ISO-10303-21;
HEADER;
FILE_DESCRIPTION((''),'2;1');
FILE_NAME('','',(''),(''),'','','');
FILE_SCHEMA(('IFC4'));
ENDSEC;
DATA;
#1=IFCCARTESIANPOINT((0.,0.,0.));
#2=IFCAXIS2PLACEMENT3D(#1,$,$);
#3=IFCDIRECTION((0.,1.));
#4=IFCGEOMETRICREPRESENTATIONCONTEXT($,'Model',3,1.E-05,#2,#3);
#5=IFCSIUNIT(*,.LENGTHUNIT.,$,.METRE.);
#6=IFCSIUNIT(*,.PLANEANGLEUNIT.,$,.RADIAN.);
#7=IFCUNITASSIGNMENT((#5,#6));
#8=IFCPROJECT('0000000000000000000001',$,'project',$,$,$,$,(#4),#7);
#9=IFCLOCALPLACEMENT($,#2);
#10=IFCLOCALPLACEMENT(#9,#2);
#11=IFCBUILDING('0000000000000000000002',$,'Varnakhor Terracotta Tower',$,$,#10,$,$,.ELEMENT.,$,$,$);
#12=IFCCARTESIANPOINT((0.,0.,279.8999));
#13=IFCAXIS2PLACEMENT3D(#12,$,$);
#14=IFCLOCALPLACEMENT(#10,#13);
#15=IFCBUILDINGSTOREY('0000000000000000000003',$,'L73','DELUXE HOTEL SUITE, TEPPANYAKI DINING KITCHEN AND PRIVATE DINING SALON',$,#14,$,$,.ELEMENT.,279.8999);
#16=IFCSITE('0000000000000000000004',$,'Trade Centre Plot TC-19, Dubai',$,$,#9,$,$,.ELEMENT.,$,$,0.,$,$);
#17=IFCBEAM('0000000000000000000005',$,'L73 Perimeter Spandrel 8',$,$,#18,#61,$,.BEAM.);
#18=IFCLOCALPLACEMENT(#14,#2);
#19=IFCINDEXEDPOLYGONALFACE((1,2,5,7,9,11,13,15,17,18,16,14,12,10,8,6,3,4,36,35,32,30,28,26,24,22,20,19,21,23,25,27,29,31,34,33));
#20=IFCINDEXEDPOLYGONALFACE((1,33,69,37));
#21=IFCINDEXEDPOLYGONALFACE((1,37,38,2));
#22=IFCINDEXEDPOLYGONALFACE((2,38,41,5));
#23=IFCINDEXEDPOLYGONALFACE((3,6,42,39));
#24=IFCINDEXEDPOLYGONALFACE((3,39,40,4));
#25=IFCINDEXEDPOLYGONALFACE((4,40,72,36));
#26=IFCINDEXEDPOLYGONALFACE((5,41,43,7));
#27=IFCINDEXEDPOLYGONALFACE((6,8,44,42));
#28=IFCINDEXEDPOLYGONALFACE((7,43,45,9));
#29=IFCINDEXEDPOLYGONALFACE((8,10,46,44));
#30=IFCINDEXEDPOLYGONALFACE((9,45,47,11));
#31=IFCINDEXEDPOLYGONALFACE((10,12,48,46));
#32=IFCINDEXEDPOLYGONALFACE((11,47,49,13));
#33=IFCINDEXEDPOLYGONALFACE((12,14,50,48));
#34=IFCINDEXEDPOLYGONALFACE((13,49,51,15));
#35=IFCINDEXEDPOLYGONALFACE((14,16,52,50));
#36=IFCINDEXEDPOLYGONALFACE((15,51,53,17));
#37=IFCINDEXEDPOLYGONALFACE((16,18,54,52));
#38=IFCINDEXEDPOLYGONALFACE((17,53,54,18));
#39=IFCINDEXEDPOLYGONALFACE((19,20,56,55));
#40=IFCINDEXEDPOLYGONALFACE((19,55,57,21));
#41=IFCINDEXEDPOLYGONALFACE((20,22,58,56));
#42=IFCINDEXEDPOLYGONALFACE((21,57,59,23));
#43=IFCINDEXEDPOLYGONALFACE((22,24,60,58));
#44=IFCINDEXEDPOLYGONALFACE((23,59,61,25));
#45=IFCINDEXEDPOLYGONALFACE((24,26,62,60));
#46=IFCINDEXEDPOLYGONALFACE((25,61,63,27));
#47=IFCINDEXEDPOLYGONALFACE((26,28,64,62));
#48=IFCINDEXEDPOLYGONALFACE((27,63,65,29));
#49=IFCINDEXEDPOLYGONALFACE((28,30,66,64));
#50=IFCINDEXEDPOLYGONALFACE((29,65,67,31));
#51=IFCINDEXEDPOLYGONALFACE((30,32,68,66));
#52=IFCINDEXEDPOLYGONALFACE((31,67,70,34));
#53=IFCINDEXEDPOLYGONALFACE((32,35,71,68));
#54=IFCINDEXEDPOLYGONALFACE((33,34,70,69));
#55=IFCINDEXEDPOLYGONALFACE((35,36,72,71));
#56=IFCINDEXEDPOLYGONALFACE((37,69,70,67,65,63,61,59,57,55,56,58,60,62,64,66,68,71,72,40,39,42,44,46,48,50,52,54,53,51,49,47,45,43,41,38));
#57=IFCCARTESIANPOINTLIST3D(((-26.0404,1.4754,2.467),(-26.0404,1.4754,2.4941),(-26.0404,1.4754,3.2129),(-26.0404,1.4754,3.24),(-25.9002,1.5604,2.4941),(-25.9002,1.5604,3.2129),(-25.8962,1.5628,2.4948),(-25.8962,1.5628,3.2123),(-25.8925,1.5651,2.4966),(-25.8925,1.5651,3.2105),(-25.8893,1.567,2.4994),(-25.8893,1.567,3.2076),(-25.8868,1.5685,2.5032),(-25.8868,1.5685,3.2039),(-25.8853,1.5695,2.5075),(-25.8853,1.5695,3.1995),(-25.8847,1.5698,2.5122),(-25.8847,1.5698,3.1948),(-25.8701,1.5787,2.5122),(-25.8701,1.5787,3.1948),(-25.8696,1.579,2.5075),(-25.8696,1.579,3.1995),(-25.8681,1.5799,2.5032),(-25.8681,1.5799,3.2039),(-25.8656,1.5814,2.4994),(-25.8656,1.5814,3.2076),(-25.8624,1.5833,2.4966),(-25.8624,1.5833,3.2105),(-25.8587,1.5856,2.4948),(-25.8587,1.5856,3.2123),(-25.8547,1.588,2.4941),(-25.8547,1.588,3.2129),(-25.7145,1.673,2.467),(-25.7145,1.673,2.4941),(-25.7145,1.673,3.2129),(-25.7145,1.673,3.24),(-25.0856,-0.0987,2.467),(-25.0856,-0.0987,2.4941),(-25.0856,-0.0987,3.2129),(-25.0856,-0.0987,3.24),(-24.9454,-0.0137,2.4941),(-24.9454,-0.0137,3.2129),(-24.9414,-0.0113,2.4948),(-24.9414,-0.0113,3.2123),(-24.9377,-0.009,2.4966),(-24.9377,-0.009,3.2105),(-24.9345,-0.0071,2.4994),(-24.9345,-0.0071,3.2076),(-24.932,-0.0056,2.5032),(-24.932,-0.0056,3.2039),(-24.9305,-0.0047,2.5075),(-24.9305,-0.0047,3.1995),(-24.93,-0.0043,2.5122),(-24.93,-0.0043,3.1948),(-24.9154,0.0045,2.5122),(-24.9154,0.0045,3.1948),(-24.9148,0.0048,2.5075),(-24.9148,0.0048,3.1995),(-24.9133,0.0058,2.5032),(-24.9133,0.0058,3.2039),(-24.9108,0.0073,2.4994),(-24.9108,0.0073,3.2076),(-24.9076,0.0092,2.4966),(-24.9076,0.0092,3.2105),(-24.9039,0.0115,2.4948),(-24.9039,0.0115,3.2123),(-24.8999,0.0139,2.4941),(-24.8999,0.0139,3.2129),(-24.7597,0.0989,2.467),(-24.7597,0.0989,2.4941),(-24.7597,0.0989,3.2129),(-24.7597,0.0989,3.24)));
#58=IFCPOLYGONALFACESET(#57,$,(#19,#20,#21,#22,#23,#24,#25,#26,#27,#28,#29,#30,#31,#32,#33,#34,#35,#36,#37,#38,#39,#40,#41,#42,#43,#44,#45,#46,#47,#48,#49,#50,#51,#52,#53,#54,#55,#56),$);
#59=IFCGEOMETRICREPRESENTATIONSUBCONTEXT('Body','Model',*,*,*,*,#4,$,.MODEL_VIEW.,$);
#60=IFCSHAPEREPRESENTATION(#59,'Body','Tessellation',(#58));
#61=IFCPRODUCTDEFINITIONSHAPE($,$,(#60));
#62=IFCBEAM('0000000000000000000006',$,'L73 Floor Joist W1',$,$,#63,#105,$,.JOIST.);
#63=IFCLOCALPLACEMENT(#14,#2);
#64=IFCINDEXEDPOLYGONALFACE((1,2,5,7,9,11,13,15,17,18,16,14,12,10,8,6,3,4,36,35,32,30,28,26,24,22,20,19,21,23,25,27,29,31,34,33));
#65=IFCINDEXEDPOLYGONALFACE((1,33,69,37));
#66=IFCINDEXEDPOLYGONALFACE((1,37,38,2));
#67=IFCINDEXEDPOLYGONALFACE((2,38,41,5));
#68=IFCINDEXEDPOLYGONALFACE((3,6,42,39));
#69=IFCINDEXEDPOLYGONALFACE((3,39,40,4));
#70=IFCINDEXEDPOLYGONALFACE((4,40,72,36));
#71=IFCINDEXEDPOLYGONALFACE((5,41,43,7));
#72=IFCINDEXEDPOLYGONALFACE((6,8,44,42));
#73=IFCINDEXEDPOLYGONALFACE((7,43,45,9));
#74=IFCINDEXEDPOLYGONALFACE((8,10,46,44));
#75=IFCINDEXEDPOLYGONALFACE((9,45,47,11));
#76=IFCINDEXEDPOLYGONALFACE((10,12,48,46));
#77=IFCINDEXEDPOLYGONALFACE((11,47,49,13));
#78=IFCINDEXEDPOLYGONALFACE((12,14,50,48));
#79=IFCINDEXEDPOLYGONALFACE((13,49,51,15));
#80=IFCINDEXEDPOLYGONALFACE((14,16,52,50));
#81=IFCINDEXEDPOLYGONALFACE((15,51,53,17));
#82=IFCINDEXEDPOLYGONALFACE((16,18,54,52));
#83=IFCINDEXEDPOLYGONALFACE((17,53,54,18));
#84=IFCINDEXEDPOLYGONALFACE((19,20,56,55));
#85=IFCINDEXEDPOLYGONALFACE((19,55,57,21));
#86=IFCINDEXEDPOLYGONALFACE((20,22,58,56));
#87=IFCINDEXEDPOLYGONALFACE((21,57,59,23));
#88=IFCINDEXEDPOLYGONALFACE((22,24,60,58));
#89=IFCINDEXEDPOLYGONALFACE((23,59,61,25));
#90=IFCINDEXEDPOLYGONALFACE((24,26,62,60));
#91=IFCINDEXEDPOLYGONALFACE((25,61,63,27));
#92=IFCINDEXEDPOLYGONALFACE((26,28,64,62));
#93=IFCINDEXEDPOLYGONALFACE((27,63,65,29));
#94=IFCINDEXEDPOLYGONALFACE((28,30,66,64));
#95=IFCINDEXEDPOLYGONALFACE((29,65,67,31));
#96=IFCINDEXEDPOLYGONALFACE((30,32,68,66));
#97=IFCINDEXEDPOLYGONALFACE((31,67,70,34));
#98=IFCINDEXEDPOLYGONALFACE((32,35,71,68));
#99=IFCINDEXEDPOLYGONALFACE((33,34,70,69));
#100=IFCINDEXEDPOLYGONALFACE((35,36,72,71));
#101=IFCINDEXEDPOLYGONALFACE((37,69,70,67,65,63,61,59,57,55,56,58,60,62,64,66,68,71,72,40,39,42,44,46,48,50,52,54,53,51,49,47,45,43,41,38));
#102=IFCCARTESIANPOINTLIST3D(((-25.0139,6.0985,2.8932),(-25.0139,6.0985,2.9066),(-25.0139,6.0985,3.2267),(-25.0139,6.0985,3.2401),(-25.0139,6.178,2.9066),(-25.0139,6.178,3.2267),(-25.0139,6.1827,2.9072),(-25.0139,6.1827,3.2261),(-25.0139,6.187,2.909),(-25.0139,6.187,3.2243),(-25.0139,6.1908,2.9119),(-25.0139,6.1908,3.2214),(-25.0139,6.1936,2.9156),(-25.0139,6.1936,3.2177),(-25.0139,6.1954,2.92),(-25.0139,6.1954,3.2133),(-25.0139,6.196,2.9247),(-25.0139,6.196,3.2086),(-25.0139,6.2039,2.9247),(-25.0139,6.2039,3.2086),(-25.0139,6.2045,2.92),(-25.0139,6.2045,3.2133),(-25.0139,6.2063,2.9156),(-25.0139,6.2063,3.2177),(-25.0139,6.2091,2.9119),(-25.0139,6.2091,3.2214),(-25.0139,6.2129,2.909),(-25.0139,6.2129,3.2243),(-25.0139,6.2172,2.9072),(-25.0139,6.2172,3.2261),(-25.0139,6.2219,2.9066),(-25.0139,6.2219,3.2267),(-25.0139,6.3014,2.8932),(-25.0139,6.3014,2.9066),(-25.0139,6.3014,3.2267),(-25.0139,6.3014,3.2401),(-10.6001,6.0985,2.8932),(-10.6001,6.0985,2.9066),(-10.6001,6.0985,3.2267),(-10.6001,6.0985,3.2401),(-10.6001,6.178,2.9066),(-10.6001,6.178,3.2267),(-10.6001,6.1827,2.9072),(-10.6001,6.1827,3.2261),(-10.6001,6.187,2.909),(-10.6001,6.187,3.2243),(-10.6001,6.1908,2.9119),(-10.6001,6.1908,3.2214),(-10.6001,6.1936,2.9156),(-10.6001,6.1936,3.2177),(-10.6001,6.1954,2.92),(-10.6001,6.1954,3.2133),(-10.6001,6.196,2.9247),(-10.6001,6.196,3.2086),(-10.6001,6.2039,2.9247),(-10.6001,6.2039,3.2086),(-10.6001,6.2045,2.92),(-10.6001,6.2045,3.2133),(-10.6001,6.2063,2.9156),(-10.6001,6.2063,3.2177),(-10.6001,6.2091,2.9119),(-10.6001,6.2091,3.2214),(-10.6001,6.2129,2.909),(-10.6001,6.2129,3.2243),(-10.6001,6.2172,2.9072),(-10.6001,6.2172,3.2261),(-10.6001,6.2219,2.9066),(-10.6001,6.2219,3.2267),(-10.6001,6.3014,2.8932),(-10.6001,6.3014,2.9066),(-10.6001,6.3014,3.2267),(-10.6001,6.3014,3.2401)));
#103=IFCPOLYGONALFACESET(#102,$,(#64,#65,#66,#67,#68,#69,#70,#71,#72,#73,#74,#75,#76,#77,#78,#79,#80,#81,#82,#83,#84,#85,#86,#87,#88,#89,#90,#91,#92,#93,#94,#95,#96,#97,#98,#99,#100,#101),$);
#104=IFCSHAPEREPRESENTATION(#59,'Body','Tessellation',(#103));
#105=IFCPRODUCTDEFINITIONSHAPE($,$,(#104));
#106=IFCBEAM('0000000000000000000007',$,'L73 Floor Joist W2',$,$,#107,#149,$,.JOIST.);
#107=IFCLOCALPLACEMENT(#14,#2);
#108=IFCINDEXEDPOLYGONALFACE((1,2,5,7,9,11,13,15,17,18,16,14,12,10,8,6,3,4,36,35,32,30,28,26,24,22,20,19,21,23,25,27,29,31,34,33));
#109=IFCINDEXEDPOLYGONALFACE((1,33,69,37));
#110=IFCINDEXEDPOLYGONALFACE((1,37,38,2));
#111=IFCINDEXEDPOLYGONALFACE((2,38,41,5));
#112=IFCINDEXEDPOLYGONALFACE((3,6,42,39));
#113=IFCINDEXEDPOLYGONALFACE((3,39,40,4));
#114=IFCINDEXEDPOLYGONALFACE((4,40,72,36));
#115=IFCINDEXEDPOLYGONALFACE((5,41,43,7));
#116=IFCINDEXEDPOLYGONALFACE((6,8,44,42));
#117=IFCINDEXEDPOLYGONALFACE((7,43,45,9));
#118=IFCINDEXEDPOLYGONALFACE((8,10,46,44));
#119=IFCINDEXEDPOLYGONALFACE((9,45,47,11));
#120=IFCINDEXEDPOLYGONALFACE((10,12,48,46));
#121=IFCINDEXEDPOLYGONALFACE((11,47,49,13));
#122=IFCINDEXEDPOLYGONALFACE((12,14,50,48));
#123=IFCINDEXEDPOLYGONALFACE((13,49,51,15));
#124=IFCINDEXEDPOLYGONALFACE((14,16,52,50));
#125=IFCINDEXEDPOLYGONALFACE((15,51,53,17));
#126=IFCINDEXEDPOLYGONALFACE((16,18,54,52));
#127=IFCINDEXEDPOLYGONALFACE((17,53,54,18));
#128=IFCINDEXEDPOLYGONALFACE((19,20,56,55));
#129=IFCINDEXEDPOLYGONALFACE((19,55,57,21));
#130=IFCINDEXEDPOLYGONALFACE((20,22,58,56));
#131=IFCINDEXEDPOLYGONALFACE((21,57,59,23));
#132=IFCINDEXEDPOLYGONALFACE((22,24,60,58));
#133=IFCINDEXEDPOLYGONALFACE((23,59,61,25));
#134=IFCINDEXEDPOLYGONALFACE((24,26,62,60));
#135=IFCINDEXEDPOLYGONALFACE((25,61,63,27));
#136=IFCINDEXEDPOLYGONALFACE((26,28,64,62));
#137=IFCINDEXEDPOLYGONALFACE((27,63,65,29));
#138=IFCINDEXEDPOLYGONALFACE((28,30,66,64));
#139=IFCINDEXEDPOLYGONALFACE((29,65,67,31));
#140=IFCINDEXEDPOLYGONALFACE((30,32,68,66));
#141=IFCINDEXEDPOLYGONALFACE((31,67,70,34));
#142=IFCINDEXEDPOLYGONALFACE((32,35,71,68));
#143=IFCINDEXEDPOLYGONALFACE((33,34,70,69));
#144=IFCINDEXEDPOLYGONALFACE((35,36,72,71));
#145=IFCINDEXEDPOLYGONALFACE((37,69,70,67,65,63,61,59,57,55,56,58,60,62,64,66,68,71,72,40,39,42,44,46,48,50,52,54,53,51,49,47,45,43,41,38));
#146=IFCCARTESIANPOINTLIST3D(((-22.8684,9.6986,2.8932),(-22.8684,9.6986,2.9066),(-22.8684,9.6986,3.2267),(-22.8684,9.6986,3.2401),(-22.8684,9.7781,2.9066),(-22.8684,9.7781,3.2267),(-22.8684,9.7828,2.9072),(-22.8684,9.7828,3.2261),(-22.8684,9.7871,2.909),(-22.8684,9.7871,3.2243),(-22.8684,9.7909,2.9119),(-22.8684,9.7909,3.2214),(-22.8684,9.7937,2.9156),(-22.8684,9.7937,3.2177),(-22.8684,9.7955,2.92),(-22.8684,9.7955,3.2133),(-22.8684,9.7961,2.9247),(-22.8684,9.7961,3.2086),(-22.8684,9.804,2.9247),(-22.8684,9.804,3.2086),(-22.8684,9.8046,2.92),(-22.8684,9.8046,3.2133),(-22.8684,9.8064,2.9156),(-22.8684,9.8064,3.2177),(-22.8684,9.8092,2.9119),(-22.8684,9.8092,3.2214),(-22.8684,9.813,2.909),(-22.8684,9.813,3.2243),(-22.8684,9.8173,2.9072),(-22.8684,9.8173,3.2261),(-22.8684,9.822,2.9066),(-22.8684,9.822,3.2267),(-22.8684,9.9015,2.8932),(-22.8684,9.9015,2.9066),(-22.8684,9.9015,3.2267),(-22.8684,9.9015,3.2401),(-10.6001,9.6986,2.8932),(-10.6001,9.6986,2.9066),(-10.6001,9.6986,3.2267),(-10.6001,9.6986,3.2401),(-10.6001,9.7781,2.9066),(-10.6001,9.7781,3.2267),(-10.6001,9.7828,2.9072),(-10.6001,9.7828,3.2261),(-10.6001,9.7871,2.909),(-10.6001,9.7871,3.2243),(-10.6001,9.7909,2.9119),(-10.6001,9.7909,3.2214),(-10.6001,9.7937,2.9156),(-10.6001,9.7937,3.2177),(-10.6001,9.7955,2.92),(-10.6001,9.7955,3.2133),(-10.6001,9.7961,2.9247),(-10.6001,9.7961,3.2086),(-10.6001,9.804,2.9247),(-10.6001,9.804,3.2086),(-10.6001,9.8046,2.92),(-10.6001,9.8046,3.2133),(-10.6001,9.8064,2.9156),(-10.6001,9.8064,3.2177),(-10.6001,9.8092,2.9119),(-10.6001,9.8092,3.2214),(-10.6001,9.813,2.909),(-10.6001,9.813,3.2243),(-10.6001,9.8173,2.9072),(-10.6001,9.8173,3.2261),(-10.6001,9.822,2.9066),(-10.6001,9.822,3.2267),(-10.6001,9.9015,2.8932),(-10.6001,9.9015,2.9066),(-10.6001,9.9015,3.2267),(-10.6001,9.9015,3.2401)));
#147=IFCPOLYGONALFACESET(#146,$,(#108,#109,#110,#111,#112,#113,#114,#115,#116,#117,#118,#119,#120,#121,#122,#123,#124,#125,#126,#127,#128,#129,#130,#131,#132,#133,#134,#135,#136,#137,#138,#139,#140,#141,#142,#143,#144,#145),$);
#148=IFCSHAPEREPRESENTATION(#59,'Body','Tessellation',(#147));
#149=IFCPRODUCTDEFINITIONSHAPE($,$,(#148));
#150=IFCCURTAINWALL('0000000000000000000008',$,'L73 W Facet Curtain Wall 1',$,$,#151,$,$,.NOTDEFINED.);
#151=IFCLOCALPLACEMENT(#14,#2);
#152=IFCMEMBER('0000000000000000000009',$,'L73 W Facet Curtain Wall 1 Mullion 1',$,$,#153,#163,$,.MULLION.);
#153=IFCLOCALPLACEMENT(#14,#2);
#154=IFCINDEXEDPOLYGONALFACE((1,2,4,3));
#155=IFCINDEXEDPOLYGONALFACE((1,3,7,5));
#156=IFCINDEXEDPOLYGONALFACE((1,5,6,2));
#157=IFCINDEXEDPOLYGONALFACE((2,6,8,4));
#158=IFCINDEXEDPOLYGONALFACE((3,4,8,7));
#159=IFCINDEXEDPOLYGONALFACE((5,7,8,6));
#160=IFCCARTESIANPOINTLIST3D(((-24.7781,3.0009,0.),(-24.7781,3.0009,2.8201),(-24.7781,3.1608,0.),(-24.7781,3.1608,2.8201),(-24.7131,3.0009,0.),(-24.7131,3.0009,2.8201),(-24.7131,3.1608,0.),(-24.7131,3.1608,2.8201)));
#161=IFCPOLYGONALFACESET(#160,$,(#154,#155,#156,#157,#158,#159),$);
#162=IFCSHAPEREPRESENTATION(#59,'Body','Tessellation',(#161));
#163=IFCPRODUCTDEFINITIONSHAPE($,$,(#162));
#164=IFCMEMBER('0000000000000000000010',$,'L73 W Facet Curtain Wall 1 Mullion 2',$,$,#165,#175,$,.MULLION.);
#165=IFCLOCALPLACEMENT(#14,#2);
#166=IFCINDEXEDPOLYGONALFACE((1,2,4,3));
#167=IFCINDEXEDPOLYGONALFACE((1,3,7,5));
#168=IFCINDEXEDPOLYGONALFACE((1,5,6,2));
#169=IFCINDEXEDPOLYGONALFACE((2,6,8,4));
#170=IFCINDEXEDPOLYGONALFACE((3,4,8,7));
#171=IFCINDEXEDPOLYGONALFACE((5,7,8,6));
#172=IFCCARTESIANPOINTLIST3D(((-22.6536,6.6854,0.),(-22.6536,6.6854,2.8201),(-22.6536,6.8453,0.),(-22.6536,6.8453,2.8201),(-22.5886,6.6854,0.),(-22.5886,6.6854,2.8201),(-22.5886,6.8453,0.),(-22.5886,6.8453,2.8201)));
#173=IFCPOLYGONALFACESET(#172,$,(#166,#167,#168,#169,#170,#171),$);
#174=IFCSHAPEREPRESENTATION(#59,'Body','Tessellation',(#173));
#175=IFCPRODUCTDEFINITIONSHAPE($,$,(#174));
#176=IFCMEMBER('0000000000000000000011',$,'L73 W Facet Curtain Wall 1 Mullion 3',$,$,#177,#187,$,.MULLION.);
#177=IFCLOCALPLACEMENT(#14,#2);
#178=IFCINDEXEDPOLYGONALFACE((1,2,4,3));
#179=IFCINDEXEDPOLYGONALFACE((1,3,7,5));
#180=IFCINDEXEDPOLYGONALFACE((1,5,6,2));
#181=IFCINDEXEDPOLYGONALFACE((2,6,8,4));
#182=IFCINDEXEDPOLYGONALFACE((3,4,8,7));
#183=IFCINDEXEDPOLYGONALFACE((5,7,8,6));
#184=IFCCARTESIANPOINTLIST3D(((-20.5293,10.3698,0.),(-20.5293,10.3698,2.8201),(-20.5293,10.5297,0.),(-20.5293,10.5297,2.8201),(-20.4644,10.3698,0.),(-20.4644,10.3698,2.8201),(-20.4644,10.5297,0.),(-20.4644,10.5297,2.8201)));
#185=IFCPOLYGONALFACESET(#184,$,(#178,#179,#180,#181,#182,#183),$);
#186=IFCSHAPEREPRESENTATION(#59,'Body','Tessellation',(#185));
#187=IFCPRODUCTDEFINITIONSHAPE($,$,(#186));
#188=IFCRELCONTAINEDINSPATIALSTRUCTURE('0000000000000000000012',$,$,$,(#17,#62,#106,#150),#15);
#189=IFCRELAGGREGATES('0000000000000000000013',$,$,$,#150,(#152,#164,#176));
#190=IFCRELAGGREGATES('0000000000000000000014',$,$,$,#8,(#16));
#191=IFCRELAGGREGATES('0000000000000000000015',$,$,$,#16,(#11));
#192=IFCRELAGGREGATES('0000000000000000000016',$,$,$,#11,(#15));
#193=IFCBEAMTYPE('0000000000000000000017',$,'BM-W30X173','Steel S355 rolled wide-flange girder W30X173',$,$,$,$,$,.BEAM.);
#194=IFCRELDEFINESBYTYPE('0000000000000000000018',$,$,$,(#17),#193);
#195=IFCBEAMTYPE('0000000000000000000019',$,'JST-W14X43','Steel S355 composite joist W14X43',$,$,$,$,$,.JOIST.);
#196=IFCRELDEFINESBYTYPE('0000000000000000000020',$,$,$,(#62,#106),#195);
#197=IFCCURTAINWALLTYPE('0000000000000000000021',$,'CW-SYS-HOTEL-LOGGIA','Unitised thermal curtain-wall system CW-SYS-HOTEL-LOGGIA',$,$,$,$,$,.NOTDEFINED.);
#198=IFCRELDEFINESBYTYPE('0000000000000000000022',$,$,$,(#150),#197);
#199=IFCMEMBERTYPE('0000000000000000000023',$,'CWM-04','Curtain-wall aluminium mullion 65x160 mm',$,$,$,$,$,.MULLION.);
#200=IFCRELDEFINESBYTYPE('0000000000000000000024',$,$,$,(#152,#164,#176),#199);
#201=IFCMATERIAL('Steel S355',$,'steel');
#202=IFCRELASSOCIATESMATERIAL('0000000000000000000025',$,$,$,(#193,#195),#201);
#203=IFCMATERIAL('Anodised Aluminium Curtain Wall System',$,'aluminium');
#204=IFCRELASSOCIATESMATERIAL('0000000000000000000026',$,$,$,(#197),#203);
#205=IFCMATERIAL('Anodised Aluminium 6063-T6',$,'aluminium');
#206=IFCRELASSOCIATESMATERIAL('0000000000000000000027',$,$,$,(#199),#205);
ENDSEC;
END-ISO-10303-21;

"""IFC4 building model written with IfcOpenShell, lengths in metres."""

from ifc_helpers import new_model, si_unit, direction, frame, origin, origin_2d, place, context, subcontext, project, spatial, rectangle, i_section, extrude, source, transform, mapped, material, material_profile, profile_set, type_object, type_shapes, element, aggregate, save


model = new_model("IFC4")

# Units and contexts
model_context = context("Model", 3, precision=1e-05, world=origin(), true_north=direction((0.0, 1.0)))
body_context = subcontext(model_context, "Body", "Model", "MODEL_VIEW")
ifc_project = project(units=[si_unit("LENGTHUNIT", "METRE"), si_unit("PLANEANGLEUNIT", "RADIAN")], contexts=[model_context])

# Site, building, storey
site_placement = place(None, origin())
site = spatial("IfcSite", under=ifc_project, at=site_placement, Name="Trade Centre Plot TC-19, Dubai", CompositionType="ELEMENT", RefElevation=0.0)
building_placement = place(site_placement, origin())
building = spatial("IfcBuilding", under=site, at=building_placement, Name="Varnakhor Terracotta Tower", CompositionType="ELEMENT")
storey_placement = place(building_placement, frame((0.0, 0.0, 279.8999)))
storey = spatial("IfcBuildingStorey", under=building, at=storey_placement, Name="L73", Description="DELUXE HOTEL SUITE, TEPPANYAKI DINING KITCHEN AND PRIVATE DINING SALON", CompositionType="ELEMENT", Elevation=279.8999)

# Shared definitions
ifc_material_1 = material(Name="Steel S355", Category="steel")

# Beams
ifc_material_profile_1 = material_profile(ifc_material_1, i_section(OverallWidth=0.3811, OverallDepth=0.7729, WebThickness=0.0171, FlangeThickness=0.0271, FilletRadius=0.0181, at=origin_2d()), Name="W30X173")
ifc_profile_set_1 = profile_set([ifc_material_profile_1], Name="Steel S355")
beam_type_1 = type_object("IfcBeamType", Name="BM-W30X173", Description="Steel S355 rolled wide-flange girder W30X173", PredefinedType="BEAM", material=ifc_profile_set_1)
shared_shape_1 = source(origin(), body_context, "Body", "SweptSolid", [
    extrude(i_section(OverallWidth=0.3811, OverallDepth=0.7729, WebThickness=0.0171, FlangeThickness=0.0271, FilletRadius=0.0181, at=origin_2d()), origin(), (0.0, 0.0, 1.0), 1.8411),
])
beam_1_placement = place(storey_placement, frame((-25.8774, 1.5742, 2.8535), z_axis=(0.518604, -0.855014, 0.0), x_axis=(0.855014, 0.518604, 0.0)))
element("IfcBeam", 1, at=beam_1_placement, inside=storey, type_object=beam_type_1, Name="L73 Perimeter Spandrel 8", PredefinedType="BEAM", context=body_context, shape_type="MappedRepresentation", body=[
    mapped(shared_shape_1, transform((0.0, 0.0, 0.0), scale=1.0)),
])
ifc_material_profile_2 = material_profile(ifc_material_1, i_section(OverallWidth=0.2029, OverallDepth=0.3469, WebThickness=0.0078, FlangeThickness=0.0134, FilletRadius=0.0181, at=origin_2d()), Name="W14X43")
ifc_profile_set_2 = profile_set([ifc_material_profile_2], Name="Steel S355")
beam_type_2 = type_object("IfcBeamType", Name="JST-W14X43", Description="Steel S355 composite joist W14X43", PredefinedType="JOIST", material=ifc_profile_set_2)
shared_shape_2 = source(origin(), body_context, "Body", "SweptSolid", [
    extrude(i_section(OverallWidth=0.2029, OverallDepth=0.3469, WebThickness=0.0078, FlangeThickness=0.0134, FilletRadius=0.0181, at=origin_2d()), origin(), (0.0, 0.0, 1.0), 14.4138),
])
beam_2_placement = place(storey_placement, frame((-25.0139, 6.2, 3.0667), z_axis=(1.0, 0.0, 0.0), x_axis=(0.0, 1.0, 0.0)))
element("IfcBeam", 2, at=beam_2_placement, inside=storey, type_object=beam_type_2, Name="L73 Floor Joist W1", PredefinedType="JOIST", context=body_context, shape_type="MappedRepresentation", body=[
    mapped(shared_shape_2, transform((0.0, 0.0, 0.0), scale=1.0)),
])
shared_shape_3 = source(origin(), body_context, "Body", "SweptSolid", [
    extrude(i_section(OverallWidth=0.2029, OverallDepth=0.3469, WebThickness=0.0078, FlangeThickness=0.0134, FilletRadius=0.0181, at=origin_2d()), origin(), (0.0, 0.0, 1.0), 12.2683),
])
beam_3_placement = place(storey_placement, frame((-22.8684, 9.8, 3.0667), z_axis=(1.0, 0.0, 0.0), x_axis=(0.0, 1.0, 0.0)))
element("IfcBeam", 3, at=beam_3_placement, inside=storey, type_object=beam_type_2, Name="L73 Floor Joist W2", PredefinedType="JOIST", context=body_context, shape_type="MappedRepresentation", body=[
    mapped(shared_shape_3, transform((0.0, 0.0, 0.0), scale=1.0)),
])

# Curtain wall, members
ifc_material_2 = material(Name="Anodised Aluminium Curtain Wall System", Category="aluminium")
curtain_wall_type = type_object("IfcCurtainWallType", Name="CW-SYS-HOTEL-LOGGIA", Description="Unitised thermal curtain-wall system CW-SYS-HOTEL-LOGGIA", PredefinedType="NOTDEFINED", material=ifc_material_2)
curtain_wall_1_placement = place(storey_placement, origin())
curtain_wall_1 = element("IfcCurtainWall", 4, at=curtain_wall_1_placement, inside=storey, type_object=curtain_wall_type, Name="L73 W Facet Curtain Wall 1", PredefinedType="NOTDEFINED")
ifc_material_3 = material(Name="Anodised Aluminium 6063-T6", Category="aluminium")
ifc_material_profile_3 = material_profile(ifc_material_3, rectangle(XDim=0.0649, YDim=0.1599, at=origin_2d()), Name="ALU MULLION 65x160")
ifc_profile_set_3 = profile_set([ifc_material_profile_3], Name="Anodised Aluminium 6063-T6")
member_type_1 = type_object("IfcMemberType", Name="CWM-04", Description="Curtain-wall aluminium mullion 65x160 mm", PredefinedType="MULLION", material=ifc_profile_set_3)
shared_shape_4 = source(origin(), body_context, "Body", "SweptSolid", [
    extrude(rectangle(XDim=0.0649, YDim=0.1599, at=origin_2d()), origin(), (0.0, 0.0, 1.0), 2.8201),
])
type_shapes(member_type_1, [shared_shape_4])
member_1_placement = place(storey_placement, frame((-24.7456, 3.0808, 0.0), z_axis=(0.0, 0.0, 1.0), x_axis=(1.0, 0.0, 0.0)))
member_1 = element("IfcMember", 5, at=member_1_placement, type_object=member_type_1, Name="L73 W Facet Curtain Wall 1 Mullion 1", PredefinedType="MULLION", context=body_context, shape_type="MappedRepresentation", body=[
    mapped(shared_shape_4, transform((0.0, 0.0, 0.0), scale=1.0)),
])
member_2_placement = place(storey_placement, frame((-22.6211, 6.7654, 0.0), z_axis=(0.0, 0.0, 1.0), x_axis=(1.0, 0.0, 0.0)))
member_2 = element("IfcMember", 6, at=member_2_placement, type_object=member_type_1, Name="L73 W Facet Curtain Wall 1 Mullion 2", PredefinedType="MULLION", context=body_context, shape_type="MappedRepresentation", body=[
    mapped(shared_shape_4, transform((0.0, 0.0, 0.0), scale=1.0)),
])
member_3_placement = place(storey_placement, frame((-20.4968, 10.4497, 0.0), z_axis=(0.0, 0.0, 1.0), x_axis=(1.0, 0.0, 0.0)))
member_3 = element("IfcMember", 7, at=member_3_placement, type_object=member_type_1, Name="L73 W Facet Curtain Wall 1 Mullion 3", PredefinedType="MULLION", context=body_context, shape_type="MappedRepresentation", body=[
    mapped(shared_shape_4, transform((0.0, 0.0, 0.0), scale=1.0)),
])

aggregate(curtain_wall_1, [member_1, member_2, member_3])

save(model, "model.ifc")
